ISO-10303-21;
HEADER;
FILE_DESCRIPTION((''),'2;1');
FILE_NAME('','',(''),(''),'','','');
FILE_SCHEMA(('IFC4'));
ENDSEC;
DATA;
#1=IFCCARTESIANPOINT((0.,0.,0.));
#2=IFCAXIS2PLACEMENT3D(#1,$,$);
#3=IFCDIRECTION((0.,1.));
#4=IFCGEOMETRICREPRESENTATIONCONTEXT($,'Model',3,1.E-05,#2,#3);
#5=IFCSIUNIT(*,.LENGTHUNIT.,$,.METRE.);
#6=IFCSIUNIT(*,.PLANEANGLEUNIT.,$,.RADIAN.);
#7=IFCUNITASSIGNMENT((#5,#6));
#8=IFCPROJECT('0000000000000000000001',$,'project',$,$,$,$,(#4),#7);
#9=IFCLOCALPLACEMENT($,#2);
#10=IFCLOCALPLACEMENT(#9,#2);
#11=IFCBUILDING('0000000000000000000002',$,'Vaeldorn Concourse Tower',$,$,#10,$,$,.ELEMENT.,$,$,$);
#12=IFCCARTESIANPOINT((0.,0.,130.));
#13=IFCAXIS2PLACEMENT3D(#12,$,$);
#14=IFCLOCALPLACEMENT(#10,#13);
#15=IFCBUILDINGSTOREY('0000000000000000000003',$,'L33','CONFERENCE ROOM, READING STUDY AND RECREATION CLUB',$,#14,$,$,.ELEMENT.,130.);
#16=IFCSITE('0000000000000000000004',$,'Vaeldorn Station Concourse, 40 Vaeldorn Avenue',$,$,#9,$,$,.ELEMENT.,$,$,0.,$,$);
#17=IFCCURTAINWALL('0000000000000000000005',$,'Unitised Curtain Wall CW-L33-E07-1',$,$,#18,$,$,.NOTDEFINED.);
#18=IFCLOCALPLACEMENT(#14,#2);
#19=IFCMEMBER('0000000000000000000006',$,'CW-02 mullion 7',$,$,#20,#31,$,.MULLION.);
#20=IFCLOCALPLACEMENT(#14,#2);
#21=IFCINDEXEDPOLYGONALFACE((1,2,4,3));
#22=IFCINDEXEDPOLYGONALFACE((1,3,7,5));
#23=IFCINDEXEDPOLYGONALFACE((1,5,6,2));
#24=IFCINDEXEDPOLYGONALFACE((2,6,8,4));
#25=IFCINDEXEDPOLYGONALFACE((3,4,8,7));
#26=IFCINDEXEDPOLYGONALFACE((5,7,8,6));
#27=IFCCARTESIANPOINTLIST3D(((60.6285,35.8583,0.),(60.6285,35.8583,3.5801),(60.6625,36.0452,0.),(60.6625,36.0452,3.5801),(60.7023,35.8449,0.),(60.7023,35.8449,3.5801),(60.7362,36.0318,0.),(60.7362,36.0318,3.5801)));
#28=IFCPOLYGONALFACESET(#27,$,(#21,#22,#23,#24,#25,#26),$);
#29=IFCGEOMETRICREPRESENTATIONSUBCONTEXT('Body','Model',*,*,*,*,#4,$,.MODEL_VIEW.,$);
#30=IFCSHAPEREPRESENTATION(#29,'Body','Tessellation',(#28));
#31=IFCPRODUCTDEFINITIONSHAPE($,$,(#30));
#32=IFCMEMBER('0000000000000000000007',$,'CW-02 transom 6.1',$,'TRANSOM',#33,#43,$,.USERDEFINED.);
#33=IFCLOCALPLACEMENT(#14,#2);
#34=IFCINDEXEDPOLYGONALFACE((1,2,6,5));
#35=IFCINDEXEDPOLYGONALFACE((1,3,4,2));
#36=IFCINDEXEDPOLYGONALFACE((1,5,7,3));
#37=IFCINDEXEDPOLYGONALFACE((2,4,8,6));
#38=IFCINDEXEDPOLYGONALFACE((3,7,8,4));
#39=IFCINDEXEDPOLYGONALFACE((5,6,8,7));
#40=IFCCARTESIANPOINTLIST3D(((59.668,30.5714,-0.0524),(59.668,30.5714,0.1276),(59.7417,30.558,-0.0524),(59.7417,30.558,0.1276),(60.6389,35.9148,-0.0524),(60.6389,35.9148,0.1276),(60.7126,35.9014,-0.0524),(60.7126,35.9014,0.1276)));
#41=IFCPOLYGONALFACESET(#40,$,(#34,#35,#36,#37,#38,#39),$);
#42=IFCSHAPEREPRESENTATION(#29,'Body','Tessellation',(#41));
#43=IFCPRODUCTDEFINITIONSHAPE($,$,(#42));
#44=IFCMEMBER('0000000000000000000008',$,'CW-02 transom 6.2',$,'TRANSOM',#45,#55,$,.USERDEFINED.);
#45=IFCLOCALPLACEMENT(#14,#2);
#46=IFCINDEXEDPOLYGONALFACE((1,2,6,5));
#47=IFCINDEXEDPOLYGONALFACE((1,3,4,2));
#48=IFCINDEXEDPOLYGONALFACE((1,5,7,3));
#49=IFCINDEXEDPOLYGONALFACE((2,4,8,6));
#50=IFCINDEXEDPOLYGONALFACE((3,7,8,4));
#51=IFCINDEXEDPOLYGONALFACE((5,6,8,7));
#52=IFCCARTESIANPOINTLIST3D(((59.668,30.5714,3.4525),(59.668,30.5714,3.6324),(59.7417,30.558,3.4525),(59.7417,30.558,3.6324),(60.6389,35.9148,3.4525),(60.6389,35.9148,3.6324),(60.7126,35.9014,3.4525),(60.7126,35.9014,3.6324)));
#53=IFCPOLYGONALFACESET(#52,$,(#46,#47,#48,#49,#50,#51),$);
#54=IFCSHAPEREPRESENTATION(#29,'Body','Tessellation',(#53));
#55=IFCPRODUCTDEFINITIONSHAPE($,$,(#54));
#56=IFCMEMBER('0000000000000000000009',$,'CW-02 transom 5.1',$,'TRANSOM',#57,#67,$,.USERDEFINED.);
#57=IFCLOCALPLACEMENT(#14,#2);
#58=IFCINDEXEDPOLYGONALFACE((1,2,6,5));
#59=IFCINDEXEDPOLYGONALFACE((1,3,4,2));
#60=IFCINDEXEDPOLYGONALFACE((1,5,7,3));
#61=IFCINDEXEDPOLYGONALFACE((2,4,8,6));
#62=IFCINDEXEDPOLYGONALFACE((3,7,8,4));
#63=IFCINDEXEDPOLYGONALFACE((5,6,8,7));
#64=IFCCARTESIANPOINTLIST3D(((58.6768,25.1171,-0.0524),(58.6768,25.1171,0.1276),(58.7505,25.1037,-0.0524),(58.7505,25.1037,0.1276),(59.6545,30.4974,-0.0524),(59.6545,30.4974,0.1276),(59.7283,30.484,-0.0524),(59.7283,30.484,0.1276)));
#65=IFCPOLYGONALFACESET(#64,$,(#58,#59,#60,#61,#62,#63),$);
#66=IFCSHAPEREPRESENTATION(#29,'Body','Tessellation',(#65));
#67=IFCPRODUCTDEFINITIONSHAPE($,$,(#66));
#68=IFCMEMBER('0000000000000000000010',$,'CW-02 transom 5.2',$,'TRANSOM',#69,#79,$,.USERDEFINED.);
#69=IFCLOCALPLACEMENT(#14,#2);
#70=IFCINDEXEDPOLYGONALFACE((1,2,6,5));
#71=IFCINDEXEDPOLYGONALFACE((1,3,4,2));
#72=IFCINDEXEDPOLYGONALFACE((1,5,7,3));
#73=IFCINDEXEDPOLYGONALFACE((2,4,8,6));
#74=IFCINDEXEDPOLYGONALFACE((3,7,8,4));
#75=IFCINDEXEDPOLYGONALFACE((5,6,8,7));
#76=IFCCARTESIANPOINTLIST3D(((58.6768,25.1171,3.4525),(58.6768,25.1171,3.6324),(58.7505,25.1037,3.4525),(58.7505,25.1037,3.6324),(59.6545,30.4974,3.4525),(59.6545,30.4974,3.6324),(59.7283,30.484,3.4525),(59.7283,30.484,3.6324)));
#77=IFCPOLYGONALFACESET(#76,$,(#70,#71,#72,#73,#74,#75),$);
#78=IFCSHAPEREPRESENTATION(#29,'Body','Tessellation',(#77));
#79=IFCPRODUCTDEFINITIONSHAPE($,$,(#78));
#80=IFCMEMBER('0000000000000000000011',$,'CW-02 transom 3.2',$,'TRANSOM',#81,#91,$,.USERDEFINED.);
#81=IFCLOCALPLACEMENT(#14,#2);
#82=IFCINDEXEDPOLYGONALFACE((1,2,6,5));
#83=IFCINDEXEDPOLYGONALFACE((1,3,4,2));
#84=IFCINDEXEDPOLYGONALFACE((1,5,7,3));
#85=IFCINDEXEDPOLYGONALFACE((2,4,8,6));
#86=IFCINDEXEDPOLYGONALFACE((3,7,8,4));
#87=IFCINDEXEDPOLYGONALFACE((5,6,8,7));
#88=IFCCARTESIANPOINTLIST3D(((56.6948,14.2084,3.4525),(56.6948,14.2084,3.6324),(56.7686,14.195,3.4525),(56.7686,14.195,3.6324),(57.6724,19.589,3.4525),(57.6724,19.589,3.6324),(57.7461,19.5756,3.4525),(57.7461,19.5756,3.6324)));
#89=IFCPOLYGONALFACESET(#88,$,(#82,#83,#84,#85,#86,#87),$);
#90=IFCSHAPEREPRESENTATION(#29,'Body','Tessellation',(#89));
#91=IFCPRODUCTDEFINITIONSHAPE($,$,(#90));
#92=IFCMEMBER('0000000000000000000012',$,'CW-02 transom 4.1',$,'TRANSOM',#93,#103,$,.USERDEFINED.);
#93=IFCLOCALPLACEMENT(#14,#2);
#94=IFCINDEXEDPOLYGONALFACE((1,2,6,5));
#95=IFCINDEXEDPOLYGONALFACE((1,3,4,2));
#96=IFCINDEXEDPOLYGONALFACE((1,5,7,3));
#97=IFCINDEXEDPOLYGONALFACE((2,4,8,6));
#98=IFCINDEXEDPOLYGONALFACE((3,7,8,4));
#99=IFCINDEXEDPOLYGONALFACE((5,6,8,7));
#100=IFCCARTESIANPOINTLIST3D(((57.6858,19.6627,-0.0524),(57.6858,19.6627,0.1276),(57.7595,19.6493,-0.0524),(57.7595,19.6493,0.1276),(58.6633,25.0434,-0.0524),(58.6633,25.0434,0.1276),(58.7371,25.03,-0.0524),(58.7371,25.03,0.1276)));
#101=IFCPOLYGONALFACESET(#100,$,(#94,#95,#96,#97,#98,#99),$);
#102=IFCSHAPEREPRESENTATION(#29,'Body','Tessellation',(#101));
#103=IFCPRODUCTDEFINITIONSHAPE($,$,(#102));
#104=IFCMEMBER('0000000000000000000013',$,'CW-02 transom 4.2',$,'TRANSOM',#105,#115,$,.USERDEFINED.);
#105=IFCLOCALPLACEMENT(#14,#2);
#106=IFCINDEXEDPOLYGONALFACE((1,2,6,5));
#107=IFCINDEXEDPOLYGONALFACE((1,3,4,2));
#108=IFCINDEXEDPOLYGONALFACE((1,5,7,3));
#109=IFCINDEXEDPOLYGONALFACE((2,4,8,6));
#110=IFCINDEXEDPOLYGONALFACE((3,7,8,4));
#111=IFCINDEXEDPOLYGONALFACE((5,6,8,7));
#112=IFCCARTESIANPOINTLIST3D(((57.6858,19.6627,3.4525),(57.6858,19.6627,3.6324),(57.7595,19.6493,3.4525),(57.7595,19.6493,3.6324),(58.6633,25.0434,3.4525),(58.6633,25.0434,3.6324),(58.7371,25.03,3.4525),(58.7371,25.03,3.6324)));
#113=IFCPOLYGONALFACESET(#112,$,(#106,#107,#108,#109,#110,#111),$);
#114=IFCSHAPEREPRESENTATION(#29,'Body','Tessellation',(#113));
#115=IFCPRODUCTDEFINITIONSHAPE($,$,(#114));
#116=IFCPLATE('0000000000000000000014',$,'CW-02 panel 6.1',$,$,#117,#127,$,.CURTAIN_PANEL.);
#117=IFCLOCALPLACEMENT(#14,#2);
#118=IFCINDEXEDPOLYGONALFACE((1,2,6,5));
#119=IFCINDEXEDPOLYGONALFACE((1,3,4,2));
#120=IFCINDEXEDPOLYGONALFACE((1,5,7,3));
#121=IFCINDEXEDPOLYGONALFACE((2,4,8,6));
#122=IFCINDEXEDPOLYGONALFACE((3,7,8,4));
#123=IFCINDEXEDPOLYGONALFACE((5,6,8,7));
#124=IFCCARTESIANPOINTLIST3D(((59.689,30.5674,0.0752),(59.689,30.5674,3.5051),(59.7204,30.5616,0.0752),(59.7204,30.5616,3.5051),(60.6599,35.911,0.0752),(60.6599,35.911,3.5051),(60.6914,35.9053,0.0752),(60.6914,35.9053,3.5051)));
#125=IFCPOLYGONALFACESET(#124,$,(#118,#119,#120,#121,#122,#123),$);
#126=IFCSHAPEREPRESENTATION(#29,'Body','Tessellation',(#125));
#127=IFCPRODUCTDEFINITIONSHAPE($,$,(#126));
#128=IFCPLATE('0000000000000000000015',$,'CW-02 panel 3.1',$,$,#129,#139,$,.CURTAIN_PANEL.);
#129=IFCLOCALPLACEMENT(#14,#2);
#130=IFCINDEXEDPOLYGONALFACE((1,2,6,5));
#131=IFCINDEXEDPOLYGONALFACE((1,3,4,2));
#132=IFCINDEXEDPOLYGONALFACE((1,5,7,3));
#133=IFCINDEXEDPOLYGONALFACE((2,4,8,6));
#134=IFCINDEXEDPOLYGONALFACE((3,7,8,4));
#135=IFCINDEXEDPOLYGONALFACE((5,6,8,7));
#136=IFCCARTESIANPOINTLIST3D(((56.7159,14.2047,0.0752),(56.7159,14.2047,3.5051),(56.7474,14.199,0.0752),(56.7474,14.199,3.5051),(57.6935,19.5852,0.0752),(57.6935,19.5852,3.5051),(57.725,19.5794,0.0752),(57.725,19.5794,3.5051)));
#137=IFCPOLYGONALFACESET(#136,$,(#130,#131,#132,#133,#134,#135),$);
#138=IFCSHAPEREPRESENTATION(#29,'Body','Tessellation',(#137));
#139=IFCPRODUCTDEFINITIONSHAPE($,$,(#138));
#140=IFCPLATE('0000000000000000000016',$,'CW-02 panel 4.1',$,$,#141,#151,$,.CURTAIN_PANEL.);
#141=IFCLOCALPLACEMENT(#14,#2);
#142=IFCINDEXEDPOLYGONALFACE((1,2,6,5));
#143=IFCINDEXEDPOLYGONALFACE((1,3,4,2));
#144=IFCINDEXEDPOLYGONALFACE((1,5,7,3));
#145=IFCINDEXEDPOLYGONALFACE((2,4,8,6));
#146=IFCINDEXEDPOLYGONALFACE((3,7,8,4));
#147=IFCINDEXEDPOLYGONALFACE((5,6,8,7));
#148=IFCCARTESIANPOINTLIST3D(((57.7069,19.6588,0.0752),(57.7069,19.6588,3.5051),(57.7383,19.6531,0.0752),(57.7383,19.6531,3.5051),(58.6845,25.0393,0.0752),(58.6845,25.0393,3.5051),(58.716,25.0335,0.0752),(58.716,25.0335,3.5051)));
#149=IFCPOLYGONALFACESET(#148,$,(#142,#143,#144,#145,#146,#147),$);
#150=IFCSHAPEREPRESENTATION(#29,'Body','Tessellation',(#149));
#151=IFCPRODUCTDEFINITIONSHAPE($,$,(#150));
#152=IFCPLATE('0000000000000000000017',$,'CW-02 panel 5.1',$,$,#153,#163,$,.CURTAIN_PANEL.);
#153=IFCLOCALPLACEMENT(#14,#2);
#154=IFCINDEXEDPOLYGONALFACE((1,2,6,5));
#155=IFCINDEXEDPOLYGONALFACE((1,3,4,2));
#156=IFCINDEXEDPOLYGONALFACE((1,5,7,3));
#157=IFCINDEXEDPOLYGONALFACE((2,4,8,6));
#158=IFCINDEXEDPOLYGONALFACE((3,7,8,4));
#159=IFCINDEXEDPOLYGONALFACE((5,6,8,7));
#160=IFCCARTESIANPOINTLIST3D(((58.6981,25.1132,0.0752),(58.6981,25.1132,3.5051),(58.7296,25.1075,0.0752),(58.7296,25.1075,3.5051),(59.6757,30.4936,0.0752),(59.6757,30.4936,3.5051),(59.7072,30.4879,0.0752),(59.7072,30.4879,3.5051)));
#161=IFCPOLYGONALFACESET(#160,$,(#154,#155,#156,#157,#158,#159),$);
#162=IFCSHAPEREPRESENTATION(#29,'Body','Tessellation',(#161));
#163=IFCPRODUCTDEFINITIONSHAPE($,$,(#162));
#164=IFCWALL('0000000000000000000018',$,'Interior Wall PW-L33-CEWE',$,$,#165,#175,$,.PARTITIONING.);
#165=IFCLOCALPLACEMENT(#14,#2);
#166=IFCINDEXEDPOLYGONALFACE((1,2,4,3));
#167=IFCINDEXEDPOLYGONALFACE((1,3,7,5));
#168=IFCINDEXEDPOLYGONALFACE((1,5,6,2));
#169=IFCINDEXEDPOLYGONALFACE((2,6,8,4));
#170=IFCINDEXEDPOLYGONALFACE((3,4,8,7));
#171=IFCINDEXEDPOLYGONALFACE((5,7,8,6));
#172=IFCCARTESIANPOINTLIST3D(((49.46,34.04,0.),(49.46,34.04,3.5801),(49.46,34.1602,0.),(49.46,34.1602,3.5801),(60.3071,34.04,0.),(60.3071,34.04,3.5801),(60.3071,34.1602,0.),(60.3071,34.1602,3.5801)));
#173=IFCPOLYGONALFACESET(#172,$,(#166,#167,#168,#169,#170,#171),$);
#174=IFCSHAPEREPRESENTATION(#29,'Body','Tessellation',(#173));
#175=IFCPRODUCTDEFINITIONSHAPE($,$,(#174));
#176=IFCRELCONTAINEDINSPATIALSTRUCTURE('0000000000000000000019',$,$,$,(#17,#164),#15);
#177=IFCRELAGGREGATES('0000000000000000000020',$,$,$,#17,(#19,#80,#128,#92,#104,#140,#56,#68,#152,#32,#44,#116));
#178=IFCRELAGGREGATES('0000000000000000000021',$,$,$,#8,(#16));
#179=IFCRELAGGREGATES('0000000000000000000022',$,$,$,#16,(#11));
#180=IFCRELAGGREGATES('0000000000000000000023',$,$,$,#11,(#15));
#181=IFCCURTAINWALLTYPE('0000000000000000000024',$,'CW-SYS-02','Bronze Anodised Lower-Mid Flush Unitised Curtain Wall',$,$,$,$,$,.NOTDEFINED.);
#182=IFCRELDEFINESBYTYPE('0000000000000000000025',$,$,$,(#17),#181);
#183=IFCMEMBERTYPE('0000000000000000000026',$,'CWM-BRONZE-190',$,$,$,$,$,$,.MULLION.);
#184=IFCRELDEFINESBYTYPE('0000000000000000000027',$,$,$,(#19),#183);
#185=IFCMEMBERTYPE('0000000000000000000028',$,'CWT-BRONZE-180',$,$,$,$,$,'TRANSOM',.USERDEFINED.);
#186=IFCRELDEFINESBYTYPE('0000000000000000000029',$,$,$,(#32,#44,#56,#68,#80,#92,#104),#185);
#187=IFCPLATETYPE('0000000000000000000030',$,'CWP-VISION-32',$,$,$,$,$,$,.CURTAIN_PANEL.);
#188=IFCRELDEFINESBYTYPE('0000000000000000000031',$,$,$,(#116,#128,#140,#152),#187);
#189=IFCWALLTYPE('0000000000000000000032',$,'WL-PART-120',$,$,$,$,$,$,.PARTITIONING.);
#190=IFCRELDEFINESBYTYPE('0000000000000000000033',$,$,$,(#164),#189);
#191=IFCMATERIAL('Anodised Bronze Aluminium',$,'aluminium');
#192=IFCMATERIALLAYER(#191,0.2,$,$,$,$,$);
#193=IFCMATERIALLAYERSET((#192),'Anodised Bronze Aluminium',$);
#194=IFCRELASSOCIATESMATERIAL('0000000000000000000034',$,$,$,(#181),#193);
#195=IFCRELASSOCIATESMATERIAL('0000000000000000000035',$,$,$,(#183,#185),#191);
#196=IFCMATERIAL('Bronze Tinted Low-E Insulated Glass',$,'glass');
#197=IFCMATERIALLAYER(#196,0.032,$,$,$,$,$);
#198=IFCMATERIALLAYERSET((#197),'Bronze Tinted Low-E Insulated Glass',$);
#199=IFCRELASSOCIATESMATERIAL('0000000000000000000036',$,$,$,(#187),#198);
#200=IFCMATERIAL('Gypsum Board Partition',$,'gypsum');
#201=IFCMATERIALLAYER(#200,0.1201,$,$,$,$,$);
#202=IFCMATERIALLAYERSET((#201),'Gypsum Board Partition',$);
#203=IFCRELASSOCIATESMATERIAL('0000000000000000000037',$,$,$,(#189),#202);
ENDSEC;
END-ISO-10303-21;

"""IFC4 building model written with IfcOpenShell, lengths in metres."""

from ifc_helpers import new_model, si_unit, direction, frame, frame_2d, origin, origin_2d, place, context, subcontext, project, spatial, rectangle, extrude, source, transform, mapped, material, layer, layer_set, material_profile, profile_set, type_object, element, aggregate, save


model = new_model("IFC4")

# Units and contexts
model_context = context("Model", 3, precision=1e-05, world=origin(), true_north=direction((0.0, 1.0)))
body_context = subcontext(model_context, "Body", "Model", "MODEL_VIEW")
ifc_project = project(units=[si_unit("LENGTHUNIT", "METRE"), si_unit("PLANEANGLEUNIT", "RADIAN")], contexts=[model_context])

# Site, building, storey
site_placement = place(None, origin())
site = spatial("IfcSite", under=ifc_project, at=site_placement, Name="Vaeldorn Station Concourse, 40 Vaeldorn Avenue", CompositionType="ELEMENT", RefElevation=0.0)
building_placement = place(site_placement, origin())
building = spatial("IfcBuilding", under=site, at=building_placement, Name="Vaeldorn Concourse Tower", CompositionType="ELEMENT")
storey_placement = place(building_placement, frame((0.0, 0.0, 130.0)))
storey = spatial("IfcBuildingStorey", under=building, at=storey_placement, Name="L33", Description="CONFERENCE ROOM, READING STUDY AND RECREATION CLUB", CompositionType="ELEMENT", Elevation=130.0)

# Curtain wall, members, plates
ifc_material_1 = material(Name="Anodised Bronze Aluminium", Category="aluminium")
ifc_layer_1 = layer(ifc_material_1, 0.2)
ifc_layer_set_1 = layer_set([ifc_layer_1], Name="Anodised Bronze Aluminium")
curtain_wall_type = type_object("IfcCurtainWallType", Name="CW-SYS-02", Description="Bronze Anodised Lower-Mid Flush Unitised Curtain Wall", PredefinedType="NOTDEFINED", material=ifc_layer_set_1)
curtain_wall_placement = place(storey_placement, origin())
curtain_wall = element("IfcCurtainWall", 1, at=curtain_wall_placement, inside=storey, type_object=curtain_wall_type, Name="Unitised Curtain Wall CW-L33-E07-1", PredefinedType="NOTDEFINED")
ifc_material_profile_1 = material_profile(ifc_material_1, rectangle(XDim=0.075, YDim=0.1899, at=origin_2d()), Name="CWM 75x190")
ifc_profile_set_1 = profile_set([ifc_material_profile_1], Name="Anodised Bronze Aluminium")
member_type_1 = type_object("IfcMemberType", Name="CWM-BRONZE-190", PredefinedType="MULLION", material=ifc_profile_set_1)
shared_shape_1 = source(origin(), body_context, "Body", "SweptSolid", [
    extrude(rectangle(XDim=0.075, YDim=0.1899, at=origin_2d()), origin(), (0.0, 0.0, 1.0), 3.5801),
])
member_1_placement = place(storey_placement, frame((60.6824, 35.9451, 0.0), z_axis=(0.0, 0.0, 1.0), x_axis=(-0.98389, 0.178774, 0.0)))
member_1 = element("IfcMember", 2, at=member_1_placement, type_object=member_type_1, Name="CW-02 mullion 7", PredefinedType="MULLION", context=body_context, shape_type="MappedRepresentation", body=[
    mapped(shared_shape_1, transform((0.0, 0.0, 0.0), scale=1.0)),
])
ifc_material_profile_2 = material_profile(ifc_material_1, rectangle(XDim=0.075, YDim=0.1799, at=origin_2d()), Name="CWT 75x180")
ifc_profile_set_2 = profile_set([ifc_material_profile_2], Name="Anodised Bronze Aluminium")
member_type_2 = type_object("IfcMemberType", Name="CWT-BRONZE-180", ElementType="TRANSOM", PredefinedType="USERDEFINED", material=ifc_profile_set_2)
shared_shape_2 = source(origin(), body_context, "Body", "SweptSolid", [
    extrude(rectangle(XDim=0.075, YDim=0.1799, at=origin_2d()), origin(), (0.0, 0.0, 1.0), 5.4309),
])
member_2_placement = place(storey_placement, frame((59.7048, 30.5647, 0.0376), z_axis=(0.178779, 0.983889, 0.0), x_axis=(-0.983889, 0.178779, 0.0)))
member_2 = element("IfcMember", 3, at=member_2_placement, type_object=member_type_2, Name="CW-02 transom 6.1", ObjectType="TRANSOM", PredefinedType="USERDEFINED", context=body_context, shape_type="MappedRepresentation", body=[
    mapped(shared_shape_2, transform((0.0, 0.0, 0.0), scale=1.0)),
])
member_3_placement = place(storey_placement, frame((59.7048, 30.5647, 3.5425), z_axis=(0.178779, 0.983889, 0.0), x_axis=(-0.983889, 0.178779, 0.0)))
member_3 = element("IfcMember", 4, at=member_3_placement, type_object=member_type_2, Name="CW-02 transom 6.2", ObjectType="TRANSOM", PredefinedType="USERDEFINED", context=body_context, shape_type="MappedRepresentation", body=[
    mapped(shared_shape_2, transform((0.0, 0.0, 0.0), scale=1.0)),
])
shared_shape_3 = source(origin(), body_context, "Body", "SweptSolid", [
    extrude(rectangle(XDim=0.075, YDim=0.1799, at=origin_2d()), origin(), (0.0, 0.0, 1.0), 5.4685),
])
member_4_placement = place(storey_placement, frame((58.7136, 25.1104, 0.0376), z_axis=(0.178803, 0.983885, 0.0), x_axis=(-0.983885, 0.178803, 0.0)))
member_4 = element("IfcMember", 5, at=member_4_placement, type_object=member_type_2, Name="CW-02 transom 5.1", ObjectType="TRANSOM", PredefinedType="USERDEFINED", context=body_context, shape_type="MappedRepresentation", body=[
    mapped(shared_shape_3, transform((0.0, 0.0, 0.0), scale=1.0)),
])
member_5_placement = place(storey_placement, frame((58.7136, 25.1104, 3.5425), z_axis=(0.178803, 0.983885, 0.0), x_axis=(-0.983885, 0.178803, 0.0)))
member_5 = element("IfcMember", 6, at=member_5_placement, type_object=member_type_2, Name="CW-02 transom 5.2", ObjectType="TRANSOM", PredefinedType="USERDEFINED", context=body_context, shape_type="MappedRepresentation", body=[
    mapped(shared_shape_3, transform((0.0, 0.0, 0.0), scale=1.0)),
])
shared_shape_4 = source(origin(), body_context, "Body", "SweptSolid", [
    extrude(rectangle(XDim=0.075, YDim=0.1799, at=origin_2d()), origin(), (0.0, 0.0, 1.0), 5.4688),
])
member_6_placement = place(storey_placement, frame((56.7317, 14.2017, 3.5425), z_axis=(0.178752, 0.983894, 0.0), x_axis=(-0.983894, 0.178752, 0.0)))
member_6 = element("IfcMember", 7, at=member_6_placement, type_object=member_type_2, Name="CW-02 transom 3.2", ObjectType="TRANSOM", PredefinedType="USERDEFINED", context=body_context, shape_type="MappedRepresentation", body=[
    mapped(shared_shape_4, transform((0.0, 0.0, 0.0), scale=1.0)),
])
member_7_placement = place(storey_placement, frame((57.7227, 19.656, 0.0376), z_axis=(0.178752, 0.983894, 0.0), x_axis=(-0.983894, 0.178752, 0.0)))
member_7 = element("IfcMember", 8, at=member_7_placement, type_object=member_type_2, Name="CW-02 transom 4.1", ObjectType="TRANSOM", PredefinedType="USERDEFINED", context=body_context, shape_type="MappedRepresentation", body=[
    mapped(shared_shape_4, transform((0.0, 0.0, 0.0), scale=1.0)),
])
member_8_placement = place(storey_placement, frame((57.7227, 19.656, 3.5425), z_axis=(0.178752, 0.983894, 0.0), x_axis=(-0.983894, 0.178752, 0.0)))
member_8 = element("IfcMember", 9, at=member_8_placement, type_object=member_type_2, Name="CW-02 transom 4.2", ObjectType="TRANSOM", PredefinedType="USERDEFINED", context=body_context, shape_type="MappedRepresentation", body=[
    mapped(shared_shape_4, transform((0.0, 0.0, 0.0), scale=1.0)),
])
ifc_material_2 = material(Name="Bronze Tinted Low-E Insulated Glass", Category="glass")
ifc_layer_2 = layer(ifc_material_2, 0.032)
ifc_layer_set_2 = layer_set([ifc_layer_2], Name="Bronze Tinted Low-E Insulated Glass")
plate_type = type_object("IfcPlateType", Name="CWP-VISION-32", PredefinedType="CURTAIN_PANEL", material=ifc_layer_set_2)
shared_shape_5 = source(origin(), body_context, "Body", "SweptSolid", [
    extrude(rectangle(XDim=5.4312, YDim=0.032, at=origin_2d()), origin(), (0.0, 0.0, 1.0), 3.4299),
])
plate_1_placement = place(storey_placement, frame((60.1902, 33.2363, 0.0752), z_axis=(0.0, 0.0, 1.0), x_axis=(0.178774, 0.98389, 0.0)))
plate_1 = element("IfcPlate", 10, at=plate_1_placement, type_object=plate_type, Name="CW-02 panel 6.1", PredefinedType="CURTAIN_PANEL", context=body_context, shape_type="MappedRepresentation", body=[
    mapped(shared_shape_5, transform((0.0, 0.0, 0.0), scale=1.0)),
])
shared_shape_6 = source(origin(), body_context, "Body", "SweptSolid", [
    extrude(rectangle(XDim=5.4685, YDim=0.032, at=origin_2d()), origin(), (0.0, 0.0, 1.0), 3.4299),
])
plate_2_placement = place(storey_placement, frame((57.2205, 16.8921, 0.0752), z_axis=(0.0, 0.0, 1.0), x_axis=(0.178774, 0.98389, 0.0)))
plate_2 = element("IfcPlate", 11, at=plate_2_placement, type_object=plate_type, Name="CW-02 panel 3.1", PredefinedType="CURTAIN_PANEL", context=body_context, shape_type="MappedRepresentation", body=[
    mapped(shared_shape_6, transform((0.0, 0.0, 0.0), scale=1.0)),
])
plate_3_placement = place(storey_placement, frame((58.2114, 22.3462, 0.0752), z_axis=(0.0, 0.0, 1.0), x_axis=(0.178774, 0.98389, 0.0)))
plate_3 = element("IfcPlate", 12, at=plate_3_placement, type_object=plate_type, Name="CW-02 panel 4.1", PredefinedType="CURTAIN_PANEL", context=body_context, shape_type="MappedRepresentation", body=[
    mapped(shared_shape_6, transform((0.0, 0.0, 0.0), scale=1.0)),
])
plate_4_placement = place(storey_placement, frame((59.2026, 27.8005, 0.0752), z_axis=(0.0, 0.0, 1.0), x_axis=(0.178774, 0.98389, 0.0)))
plate_4 = element("IfcPlate", 13, at=plate_4_placement, type_object=plate_type, Name="CW-02 panel 5.1", PredefinedType="CURTAIN_PANEL", context=body_context, shape_type="MappedRepresentation", body=[
    mapped(shared_shape_6, transform((0.0, 0.0, 0.0), scale=1.0)),
])
aggregate(curtain_wall, [member_1, member_6, plate_2, member_7, member_8, plate_3, member_4, member_5, plate_4, member_2, member_3, plate_1])

# Wall
ifc_material_3 = material(Name="Gypsum Board Partition", Category="gypsum")
ifc_layer_3 = layer(ifc_material_3, 0.1201)
ifc_layer_set_3 = layer_set([ifc_layer_3], Name="Gypsum Board Partition")
wall_type = type_object("IfcWallType", Name="WL-PART-120", PredefinedType="PARTITIONING", material=ifc_layer_set_3)
wall_1_placement = place(storey_placement, frame((49.46, 34.1001, 0.0), z_axis=(0.0, 0.0, 1.0), x_axis=(1.0, 0.0, 0.0)))
element("IfcWall", 14, at=wall_1_placement, inside=storey, type_object=wall_type, Name="Interior Wall PW-L33-CEWE", PredefinedType="PARTITIONING", context=body_context, shape_type="SweptSolid", body=[
    extrude(rectangle(XDim=10.8472, YDim=0.1201, at=frame_2d((5.4236, 0.0))), origin(), (0.0, 0.0, 1.0), 3.5801),
])

save(model, "model.ifc")
